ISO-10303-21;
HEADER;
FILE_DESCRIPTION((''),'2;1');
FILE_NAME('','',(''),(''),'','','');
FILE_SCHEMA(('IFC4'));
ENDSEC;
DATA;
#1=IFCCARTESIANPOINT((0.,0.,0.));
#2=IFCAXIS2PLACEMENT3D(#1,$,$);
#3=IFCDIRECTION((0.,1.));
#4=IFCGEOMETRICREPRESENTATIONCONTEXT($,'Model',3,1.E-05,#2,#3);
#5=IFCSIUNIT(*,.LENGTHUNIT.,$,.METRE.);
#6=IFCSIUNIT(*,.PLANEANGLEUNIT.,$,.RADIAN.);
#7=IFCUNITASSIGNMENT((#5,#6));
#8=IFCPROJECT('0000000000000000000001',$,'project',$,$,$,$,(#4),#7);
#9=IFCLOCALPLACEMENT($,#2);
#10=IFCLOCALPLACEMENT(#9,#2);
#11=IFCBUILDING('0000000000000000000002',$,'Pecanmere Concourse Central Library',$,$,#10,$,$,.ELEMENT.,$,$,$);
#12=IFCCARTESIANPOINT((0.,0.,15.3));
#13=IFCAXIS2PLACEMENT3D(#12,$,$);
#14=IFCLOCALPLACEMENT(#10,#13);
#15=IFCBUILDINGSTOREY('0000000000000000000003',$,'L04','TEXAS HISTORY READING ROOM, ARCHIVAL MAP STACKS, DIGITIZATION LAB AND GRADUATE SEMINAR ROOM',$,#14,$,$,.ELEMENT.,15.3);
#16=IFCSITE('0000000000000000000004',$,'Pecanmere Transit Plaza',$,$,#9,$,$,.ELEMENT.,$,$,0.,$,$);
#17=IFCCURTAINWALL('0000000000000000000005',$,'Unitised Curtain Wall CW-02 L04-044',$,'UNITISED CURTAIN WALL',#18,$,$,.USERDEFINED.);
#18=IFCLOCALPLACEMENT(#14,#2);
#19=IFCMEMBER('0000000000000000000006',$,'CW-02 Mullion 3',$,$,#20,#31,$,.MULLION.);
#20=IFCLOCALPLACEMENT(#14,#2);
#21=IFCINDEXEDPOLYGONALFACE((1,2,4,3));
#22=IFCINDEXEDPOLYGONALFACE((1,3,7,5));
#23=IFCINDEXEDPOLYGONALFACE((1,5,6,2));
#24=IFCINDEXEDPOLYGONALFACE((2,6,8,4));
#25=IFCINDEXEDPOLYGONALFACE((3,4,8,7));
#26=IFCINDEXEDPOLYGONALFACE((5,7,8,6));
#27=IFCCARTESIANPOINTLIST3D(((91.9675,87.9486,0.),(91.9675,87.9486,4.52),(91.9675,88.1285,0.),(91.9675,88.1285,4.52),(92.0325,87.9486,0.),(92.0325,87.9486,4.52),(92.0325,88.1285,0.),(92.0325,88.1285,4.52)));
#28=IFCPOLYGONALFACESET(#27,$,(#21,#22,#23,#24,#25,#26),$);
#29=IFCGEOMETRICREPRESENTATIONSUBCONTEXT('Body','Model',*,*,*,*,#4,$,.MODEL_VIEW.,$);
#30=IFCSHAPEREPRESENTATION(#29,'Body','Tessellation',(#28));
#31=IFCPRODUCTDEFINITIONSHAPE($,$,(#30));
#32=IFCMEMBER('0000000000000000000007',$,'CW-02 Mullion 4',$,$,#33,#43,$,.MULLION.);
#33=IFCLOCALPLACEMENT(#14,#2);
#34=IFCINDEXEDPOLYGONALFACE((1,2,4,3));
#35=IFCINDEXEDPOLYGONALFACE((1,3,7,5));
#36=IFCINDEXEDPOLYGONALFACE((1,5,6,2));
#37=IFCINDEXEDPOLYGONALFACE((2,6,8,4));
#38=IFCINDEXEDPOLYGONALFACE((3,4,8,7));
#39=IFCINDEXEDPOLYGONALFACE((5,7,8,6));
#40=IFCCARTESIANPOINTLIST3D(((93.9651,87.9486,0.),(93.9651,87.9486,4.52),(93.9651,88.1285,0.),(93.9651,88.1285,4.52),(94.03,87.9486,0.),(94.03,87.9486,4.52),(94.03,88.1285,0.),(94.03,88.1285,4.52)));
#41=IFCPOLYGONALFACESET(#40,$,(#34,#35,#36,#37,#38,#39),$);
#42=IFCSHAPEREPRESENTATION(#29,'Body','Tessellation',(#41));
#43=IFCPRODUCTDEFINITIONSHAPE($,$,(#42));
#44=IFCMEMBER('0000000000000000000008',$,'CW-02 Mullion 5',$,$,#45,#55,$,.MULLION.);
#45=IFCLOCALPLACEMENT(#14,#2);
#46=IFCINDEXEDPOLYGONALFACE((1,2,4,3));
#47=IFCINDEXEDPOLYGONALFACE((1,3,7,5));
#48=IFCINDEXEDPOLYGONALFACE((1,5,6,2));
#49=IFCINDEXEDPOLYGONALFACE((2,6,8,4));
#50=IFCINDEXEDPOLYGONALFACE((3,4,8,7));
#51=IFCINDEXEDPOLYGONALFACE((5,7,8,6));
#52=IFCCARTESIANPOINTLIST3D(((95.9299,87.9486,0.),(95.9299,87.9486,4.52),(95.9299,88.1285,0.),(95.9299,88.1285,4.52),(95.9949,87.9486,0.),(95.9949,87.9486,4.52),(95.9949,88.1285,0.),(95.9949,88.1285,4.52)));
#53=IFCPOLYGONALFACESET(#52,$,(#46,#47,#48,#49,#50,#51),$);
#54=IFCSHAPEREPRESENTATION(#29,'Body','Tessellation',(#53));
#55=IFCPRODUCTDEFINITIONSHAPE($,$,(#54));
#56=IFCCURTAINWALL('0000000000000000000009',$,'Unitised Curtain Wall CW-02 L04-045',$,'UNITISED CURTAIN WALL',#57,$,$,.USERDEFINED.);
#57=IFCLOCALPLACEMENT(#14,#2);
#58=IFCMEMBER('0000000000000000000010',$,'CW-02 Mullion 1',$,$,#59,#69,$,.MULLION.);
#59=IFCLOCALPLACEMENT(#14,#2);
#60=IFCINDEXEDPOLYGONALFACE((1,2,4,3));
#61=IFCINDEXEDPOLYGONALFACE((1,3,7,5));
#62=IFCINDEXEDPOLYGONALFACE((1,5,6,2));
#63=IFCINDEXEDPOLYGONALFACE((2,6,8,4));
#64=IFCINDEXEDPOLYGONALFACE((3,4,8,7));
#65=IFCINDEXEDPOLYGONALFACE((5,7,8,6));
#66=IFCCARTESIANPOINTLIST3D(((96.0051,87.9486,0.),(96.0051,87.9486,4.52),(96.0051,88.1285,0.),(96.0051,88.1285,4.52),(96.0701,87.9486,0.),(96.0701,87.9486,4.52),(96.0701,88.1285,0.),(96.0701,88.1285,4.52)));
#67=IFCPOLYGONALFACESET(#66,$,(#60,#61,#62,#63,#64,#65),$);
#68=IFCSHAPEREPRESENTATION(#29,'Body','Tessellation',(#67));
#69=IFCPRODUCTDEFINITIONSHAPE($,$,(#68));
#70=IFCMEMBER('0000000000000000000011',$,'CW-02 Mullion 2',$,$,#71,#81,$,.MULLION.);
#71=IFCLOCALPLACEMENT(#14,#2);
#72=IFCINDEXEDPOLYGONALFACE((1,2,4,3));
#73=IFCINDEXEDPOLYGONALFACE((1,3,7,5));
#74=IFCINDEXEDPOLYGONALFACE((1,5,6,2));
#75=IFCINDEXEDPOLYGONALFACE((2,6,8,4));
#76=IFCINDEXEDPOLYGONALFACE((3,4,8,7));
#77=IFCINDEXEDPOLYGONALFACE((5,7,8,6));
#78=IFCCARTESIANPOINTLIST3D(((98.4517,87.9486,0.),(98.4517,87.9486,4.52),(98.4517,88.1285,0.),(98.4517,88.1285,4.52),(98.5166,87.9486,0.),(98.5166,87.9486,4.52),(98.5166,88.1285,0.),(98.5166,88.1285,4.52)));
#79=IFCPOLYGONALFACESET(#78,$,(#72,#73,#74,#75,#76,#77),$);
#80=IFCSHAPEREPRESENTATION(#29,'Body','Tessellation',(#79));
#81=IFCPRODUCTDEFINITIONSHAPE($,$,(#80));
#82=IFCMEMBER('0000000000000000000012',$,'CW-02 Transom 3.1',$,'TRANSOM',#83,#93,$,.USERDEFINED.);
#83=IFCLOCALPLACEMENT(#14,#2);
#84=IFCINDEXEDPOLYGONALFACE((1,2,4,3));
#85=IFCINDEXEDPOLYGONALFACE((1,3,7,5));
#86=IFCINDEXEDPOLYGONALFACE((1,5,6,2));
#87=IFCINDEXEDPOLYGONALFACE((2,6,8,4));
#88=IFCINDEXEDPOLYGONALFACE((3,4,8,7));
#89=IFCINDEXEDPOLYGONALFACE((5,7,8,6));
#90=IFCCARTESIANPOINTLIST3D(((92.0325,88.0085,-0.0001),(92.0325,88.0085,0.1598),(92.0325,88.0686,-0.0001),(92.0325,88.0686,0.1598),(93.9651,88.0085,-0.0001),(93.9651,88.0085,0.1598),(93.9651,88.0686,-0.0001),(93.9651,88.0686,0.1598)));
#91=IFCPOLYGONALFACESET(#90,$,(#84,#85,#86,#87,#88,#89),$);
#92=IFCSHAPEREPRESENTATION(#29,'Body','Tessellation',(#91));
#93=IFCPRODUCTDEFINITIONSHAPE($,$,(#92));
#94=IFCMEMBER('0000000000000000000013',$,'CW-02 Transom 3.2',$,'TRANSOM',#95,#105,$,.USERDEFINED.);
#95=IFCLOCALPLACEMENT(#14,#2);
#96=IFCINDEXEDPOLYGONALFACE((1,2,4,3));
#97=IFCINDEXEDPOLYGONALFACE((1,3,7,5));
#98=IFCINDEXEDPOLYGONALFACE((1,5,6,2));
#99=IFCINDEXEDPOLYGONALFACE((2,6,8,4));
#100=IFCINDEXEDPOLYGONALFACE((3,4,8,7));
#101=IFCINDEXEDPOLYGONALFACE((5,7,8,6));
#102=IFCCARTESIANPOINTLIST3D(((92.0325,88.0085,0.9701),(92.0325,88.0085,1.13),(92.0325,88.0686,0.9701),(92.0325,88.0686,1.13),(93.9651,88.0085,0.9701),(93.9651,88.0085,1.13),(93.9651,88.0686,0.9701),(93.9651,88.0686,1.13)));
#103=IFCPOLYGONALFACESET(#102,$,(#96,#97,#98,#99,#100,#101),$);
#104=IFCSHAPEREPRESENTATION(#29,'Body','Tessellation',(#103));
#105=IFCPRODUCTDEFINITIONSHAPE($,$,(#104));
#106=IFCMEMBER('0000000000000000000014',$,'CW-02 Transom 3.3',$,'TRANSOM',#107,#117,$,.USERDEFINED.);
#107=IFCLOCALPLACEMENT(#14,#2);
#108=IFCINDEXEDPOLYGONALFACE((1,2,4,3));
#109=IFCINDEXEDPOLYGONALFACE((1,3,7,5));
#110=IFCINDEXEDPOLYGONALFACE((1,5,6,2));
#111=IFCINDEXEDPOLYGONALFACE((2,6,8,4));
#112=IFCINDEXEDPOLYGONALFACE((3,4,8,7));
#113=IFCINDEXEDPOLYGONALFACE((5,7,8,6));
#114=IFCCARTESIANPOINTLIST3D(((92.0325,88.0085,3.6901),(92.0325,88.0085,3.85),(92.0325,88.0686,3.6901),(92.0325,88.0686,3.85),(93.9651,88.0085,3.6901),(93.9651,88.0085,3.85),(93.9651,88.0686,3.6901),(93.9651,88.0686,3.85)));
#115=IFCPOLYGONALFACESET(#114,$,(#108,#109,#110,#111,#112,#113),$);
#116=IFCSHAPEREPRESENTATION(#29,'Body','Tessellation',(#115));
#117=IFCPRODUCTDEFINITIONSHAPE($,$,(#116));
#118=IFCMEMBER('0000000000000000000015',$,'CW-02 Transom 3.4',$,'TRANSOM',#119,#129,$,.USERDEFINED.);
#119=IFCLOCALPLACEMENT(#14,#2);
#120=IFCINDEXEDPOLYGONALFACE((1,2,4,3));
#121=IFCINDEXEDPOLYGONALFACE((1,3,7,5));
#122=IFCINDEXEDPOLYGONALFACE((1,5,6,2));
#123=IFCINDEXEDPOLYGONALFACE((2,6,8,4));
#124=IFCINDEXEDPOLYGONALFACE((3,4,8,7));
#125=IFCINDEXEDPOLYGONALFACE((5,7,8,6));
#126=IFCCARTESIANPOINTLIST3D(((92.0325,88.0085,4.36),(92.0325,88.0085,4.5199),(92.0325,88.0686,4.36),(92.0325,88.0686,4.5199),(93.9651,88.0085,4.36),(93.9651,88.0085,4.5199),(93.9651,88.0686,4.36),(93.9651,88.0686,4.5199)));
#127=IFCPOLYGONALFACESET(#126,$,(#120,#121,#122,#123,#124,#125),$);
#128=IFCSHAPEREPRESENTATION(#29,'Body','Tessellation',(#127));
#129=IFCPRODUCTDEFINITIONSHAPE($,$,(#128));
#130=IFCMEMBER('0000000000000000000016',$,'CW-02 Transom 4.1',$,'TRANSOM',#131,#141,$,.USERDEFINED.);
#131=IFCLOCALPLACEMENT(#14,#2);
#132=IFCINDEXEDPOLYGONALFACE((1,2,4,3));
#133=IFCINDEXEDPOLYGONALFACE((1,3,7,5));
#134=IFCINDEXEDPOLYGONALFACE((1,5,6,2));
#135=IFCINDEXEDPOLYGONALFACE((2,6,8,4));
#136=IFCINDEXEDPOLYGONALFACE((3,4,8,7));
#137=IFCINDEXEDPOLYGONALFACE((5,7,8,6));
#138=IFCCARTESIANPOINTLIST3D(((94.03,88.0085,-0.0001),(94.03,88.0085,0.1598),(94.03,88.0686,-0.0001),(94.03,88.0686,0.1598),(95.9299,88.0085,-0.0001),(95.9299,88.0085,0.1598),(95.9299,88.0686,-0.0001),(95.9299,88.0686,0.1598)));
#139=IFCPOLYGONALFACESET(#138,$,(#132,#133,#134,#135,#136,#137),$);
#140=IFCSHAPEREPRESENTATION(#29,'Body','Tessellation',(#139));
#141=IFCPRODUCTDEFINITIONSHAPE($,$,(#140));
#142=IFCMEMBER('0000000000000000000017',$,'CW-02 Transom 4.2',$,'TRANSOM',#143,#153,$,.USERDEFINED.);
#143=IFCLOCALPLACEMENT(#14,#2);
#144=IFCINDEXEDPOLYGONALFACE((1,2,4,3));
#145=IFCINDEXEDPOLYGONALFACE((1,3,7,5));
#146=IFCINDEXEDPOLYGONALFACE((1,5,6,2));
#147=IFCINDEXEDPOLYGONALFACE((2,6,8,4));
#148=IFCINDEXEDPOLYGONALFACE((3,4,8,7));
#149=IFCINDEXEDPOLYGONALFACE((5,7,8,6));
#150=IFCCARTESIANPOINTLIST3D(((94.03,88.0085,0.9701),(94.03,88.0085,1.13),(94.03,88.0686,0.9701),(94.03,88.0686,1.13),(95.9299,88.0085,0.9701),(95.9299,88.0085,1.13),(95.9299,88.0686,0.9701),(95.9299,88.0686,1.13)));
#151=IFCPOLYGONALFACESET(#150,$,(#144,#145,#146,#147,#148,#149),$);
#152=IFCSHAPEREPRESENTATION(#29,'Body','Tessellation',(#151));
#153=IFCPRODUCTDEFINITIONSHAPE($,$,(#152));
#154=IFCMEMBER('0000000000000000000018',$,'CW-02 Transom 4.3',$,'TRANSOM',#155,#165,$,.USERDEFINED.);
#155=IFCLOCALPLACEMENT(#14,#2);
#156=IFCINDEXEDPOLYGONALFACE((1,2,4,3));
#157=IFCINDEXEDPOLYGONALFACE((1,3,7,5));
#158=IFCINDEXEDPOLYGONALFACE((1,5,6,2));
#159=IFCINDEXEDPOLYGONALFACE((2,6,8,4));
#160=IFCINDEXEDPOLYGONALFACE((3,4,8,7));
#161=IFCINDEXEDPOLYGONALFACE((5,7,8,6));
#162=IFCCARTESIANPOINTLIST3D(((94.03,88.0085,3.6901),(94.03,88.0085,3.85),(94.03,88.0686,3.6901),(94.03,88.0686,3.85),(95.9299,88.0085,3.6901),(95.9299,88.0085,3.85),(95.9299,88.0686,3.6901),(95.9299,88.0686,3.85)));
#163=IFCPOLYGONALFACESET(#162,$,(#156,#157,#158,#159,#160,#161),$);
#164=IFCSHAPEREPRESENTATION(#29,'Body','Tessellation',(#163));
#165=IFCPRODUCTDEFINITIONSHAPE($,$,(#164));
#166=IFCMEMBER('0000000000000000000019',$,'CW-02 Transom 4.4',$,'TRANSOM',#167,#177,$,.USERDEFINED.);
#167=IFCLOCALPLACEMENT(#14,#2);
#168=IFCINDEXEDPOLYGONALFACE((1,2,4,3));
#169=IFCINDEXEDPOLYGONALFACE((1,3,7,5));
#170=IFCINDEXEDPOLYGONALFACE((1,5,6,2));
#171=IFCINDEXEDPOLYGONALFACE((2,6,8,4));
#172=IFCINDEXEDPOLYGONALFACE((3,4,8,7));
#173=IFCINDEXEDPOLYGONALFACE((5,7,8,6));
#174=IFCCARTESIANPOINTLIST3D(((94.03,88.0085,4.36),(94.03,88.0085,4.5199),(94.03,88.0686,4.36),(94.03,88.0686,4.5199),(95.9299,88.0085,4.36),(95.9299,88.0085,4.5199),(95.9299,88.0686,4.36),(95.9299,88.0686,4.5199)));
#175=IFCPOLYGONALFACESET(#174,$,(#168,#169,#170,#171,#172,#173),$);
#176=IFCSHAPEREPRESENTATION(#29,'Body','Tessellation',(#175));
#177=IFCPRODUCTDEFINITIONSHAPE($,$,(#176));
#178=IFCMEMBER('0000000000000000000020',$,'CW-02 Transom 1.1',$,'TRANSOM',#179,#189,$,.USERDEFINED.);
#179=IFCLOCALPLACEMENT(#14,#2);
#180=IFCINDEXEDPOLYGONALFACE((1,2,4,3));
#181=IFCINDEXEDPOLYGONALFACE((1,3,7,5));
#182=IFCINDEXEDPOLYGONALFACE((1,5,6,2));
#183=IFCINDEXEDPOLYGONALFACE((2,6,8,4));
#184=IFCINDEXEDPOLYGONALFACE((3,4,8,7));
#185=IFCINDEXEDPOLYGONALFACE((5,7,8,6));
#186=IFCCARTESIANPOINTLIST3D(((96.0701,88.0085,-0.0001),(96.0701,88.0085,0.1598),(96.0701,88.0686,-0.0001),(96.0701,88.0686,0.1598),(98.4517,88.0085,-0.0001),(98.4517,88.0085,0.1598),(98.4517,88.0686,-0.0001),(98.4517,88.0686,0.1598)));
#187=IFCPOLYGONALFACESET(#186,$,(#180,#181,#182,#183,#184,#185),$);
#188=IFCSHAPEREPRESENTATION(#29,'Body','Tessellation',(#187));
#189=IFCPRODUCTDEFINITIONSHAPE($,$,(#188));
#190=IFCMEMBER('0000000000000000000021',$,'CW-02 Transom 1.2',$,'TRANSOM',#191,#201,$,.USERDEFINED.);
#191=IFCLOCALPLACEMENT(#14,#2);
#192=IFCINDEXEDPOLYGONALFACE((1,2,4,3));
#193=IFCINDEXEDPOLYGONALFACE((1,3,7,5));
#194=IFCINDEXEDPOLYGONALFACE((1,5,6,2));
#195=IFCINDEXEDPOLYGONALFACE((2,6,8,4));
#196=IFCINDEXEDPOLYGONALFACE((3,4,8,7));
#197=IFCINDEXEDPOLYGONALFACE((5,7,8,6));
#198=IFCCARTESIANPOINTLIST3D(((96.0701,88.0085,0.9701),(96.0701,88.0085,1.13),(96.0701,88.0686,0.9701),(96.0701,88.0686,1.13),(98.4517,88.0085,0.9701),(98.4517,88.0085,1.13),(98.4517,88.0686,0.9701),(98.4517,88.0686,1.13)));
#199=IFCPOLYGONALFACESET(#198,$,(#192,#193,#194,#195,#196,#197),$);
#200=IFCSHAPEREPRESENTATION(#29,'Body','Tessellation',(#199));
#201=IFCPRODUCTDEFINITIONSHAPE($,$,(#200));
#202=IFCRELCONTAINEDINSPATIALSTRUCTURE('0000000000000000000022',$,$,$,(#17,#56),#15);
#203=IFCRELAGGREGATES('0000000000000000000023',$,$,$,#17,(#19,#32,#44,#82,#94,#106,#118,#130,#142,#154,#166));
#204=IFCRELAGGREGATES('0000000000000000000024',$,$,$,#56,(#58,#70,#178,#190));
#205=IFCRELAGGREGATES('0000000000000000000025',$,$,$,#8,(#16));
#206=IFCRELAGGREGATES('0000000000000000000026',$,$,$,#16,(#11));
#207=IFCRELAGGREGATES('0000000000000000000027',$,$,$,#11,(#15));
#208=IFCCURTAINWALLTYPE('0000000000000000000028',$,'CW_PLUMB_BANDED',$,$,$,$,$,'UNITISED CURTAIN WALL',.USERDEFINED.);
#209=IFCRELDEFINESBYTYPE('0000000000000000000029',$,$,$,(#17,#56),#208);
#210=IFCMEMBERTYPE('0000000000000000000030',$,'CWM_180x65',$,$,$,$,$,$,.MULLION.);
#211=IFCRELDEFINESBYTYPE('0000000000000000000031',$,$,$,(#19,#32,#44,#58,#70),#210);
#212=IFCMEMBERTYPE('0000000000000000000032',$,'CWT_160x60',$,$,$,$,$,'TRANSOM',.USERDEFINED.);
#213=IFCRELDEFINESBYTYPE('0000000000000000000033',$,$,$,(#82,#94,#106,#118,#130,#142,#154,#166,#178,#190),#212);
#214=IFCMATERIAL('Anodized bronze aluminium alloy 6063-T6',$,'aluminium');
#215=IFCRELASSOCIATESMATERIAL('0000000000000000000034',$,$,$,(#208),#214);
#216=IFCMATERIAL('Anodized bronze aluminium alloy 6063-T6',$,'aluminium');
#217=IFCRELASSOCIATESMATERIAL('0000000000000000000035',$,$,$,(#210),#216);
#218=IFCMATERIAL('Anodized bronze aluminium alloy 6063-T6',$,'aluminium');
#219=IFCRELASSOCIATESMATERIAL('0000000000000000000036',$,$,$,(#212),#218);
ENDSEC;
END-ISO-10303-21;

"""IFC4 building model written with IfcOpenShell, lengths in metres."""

from ifc_helpers import new_model, si_unit, direction, frame, origin, origin_2d, place, context, subcontext, project, spatial, rectangle, extrude, material, material_profile, profile_set, type_object, element, aggregate, save


model = new_model("IFC4")

# Units and contexts
model_context = context("Model", 3, precision=1e-05, world=origin(), true_north=direction((0.0, 1.0)))
body_context = subcontext(model_context, "Body", "Model", "MODEL_VIEW")
ifc_project = project(units=[si_unit("LENGTHUNIT", "METRE"), si_unit("PLANEANGLEUNIT", "RADIAN")], contexts=[model_context])

# Site, building, storey
site_placement = place(None, origin())
site = spatial("IfcSite", under=ifc_project, at=site_placement, Name="Pecanmere Transit Plaza", CompositionType="ELEMENT", RefElevation=0.0)
building_placement = place(site_placement, origin())
building = spatial("IfcBuilding", under=site, at=building_placement, Name="Pecanmere Concourse Central Library", CompositionType="ELEMENT")
storey_placement = place(building_placement, frame((0.0, 0.0, 15.3)))
storey = spatial("IfcBuildingStorey", under=building, at=storey_placement, Name="L04", Description="TEXAS HISTORY READING ROOM, ARCHIVAL MAP STACKS, DIGITIZATION LAB AND GRADUATE SEMINAR ROOM", CompositionType="ELEMENT", Elevation=15.3)

# Curtain walls, members
ifc_material_1 = material(Name="Anodized bronze aluminium alloy 6063-T6", Category="aluminium")
curtain_wall_type = type_object("IfcCurtainWallType", Name="CW_PLUMB_BANDED", ElementType="UNITISED CURTAIN WALL", PredefinedType="USERDEFINED", material=ifc_material_1)
curtain_wall_1_placement = place(storey_placement, origin())
curtain_wall_1 = element("IfcCurtainWall", 1, at=curtain_wall_1_placement, inside=storey, type_object=curtain_wall_type, Name="Unitised Curtain Wall CW-02 L04-044", ObjectType="UNITISED CURTAIN WALL", PredefinedType="USERDEFINED")
ifc_material_2 = material(Name="Anodized bronze aluminium alloy 6063-T6", Category="aluminium")
ifc_material_profile_1 = material_profile(ifc_material_2, rectangle(XDim=0.0649, YDim=0.1799, at=origin_2d()), Name="AL 65x180")
ifc_profile_set_1 = profile_set([ifc_material_profile_1], Name="Anodized bronze aluminium alloy 6063-T6")
member_type_1 = type_object("IfcMemberType", Name="CWM_180x65", PredefinedType="MULLION", material=ifc_profile_set_1)
member_1_placement = place(storey_placement, frame((92.0, 88.0386, 0.0), z_axis=(0.0, 0.0, 1.0), x_axis=(1.0, 0.0, 0.0)))
member_1 = element("IfcMember", 2, at=member_1_placement, type_object=member_type_1, Name="CW-02 Mullion 3", PredefinedType="MULLION", context=body_context, shape_type="SweptSolid", body=[
    extrude(rectangle(XDim=0.0649, YDim=0.1799, at=origin_2d()), origin(), (0.0, 0.0, 1.0), 4.52),
])
member_2_placement = place(storey_placement, frame((93.9976, 88.0386, 0.0), z_axis=(0.0, 0.0, 1.0), x_axis=(1.0, 0.0, 0.0)))
member_2 = element("IfcMember", 3, at=member_2_placement, type_object=member_type_1, Name="CW-02 Mullion 4", PredefinedType="MULLION", context=body_context, shape_type="SweptSolid", body=[
    extrude(rectangle(XDim=0.0649, YDim=0.1799, at=origin_2d()), origin(), (0.0, 0.0, 1.0), 4.52),
])
member_3_placement = place(storey_placement, frame((95.9624, 88.0386, 0.0), z_axis=(0.0, 0.0, 1.0), x_axis=(1.0, 0.0, 0.0)))
member_3 = element("IfcMember", 4, at=member_3_placement, type_object=member_type_1, Name="CW-02 Mullion 5", PredefinedType="MULLION", context=body_context, shape_type="SweptSolid", body=[
    extrude(rectangle(XDim=0.0649, YDim=0.1799, at=origin_2d()), origin(), (0.0, 0.0, 1.0), 4.52),
])
curtain_wall_2_placement = place(storey_placement, origin())
curtain_wall_2 = element("IfcCurtainWall", 5, at=curtain_wall_2_placement, inside=storey, type_object=curtain_wall_type, Name="Unitised Curtain Wall CW-02 L04-045", ObjectType="UNITISED CURTAIN WALL", PredefinedType="USERDEFINED")
member_4_placement = place(storey_placement, frame((96.0376, 88.0386, 0.0), z_axis=(0.0, 0.0, 1.0), x_axis=(1.0, 0.0, 0.0)))
member_4 = element("IfcMember", 6, at=member_4_placement, type_object=member_type_1, Name="CW-02 Mullion 1", PredefinedType="MULLION", context=body_context, shape_type="SweptSolid", body=[
    extrude(rectangle(XDim=0.0649, YDim=0.1799, at=origin_2d()), origin(), (0.0, 0.0, 1.0), 4.52),
])
member_5_placement = place(storey_placement, frame((98.4841, 88.0386, 0.0), z_axis=(0.0, 0.0, 1.0), x_axis=(1.0, 0.0, 0.0)))
member_5 = element("IfcMember", 7, at=member_5_placement, type_object=member_type_1, Name="CW-02 Mullion 2", PredefinedType="MULLION", context=body_context, shape_type="SweptSolid", body=[
    extrude(rectangle(XDim=0.0649, YDim=0.1799, at=origin_2d()), origin(), (0.0, 0.0, 1.0), 4.52),
])

# Members
ifc_material_3 = material(Name="Anodized bronze aluminium alloy 6063-T6", Category="aluminium")
ifc_material_profile_2 = material_profile(ifc_material_3, rectangle(XDim=0.0601, YDim=0.1599, at=origin_2d()), Name="AL 60x160")
ifc_profile_set_2 = profile_set([ifc_material_profile_2], Name="Anodized bronze aluminium alloy 6063-T6")
member_type_2 = type_object("IfcMemberType", Name="CWT_160x60", ElementType="TRANSOM", PredefinedType="USERDEFINED", material=ifc_profile_set_2)
member_6_placement = place(storey_placement, frame((92.0325, 88.0386, 0.0798), z_axis=(1.0, 0.0, 0.0), x_axis=(0.0, 1.0, 0.0)))
member_6 = element("IfcMember", 8, at=member_6_placement, type_object=member_type_2, Name="CW-02 Transom 3.1", ObjectType="TRANSOM", PredefinedType="USERDEFINED", context=body_context, shape_type="SweptSolid", body=[
    extrude(rectangle(XDim=0.0601, YDim=0.1599, at=origin_2d()), origin(), (0.0, 0.0, 1.0), 1.9326),
])
member_7_placement = place(storey_placement, frame((92.0325, 88.0386, 1.05), z_axis=(1.0, 0.0, 0.0), x_axis=(0.0, 1.0, 0.0)))
member_7 = element("IfcMember", 9, at=member_7_placement, type_object=member_type_2, Name="CW-02 Transom 3.2", ObjectType="TRANSOM", PredefinedType="USERDEFINED", context=body_context, shape_type="SweptSolid", body=[
    extrude(rectangle(XDim=0.0601, YDim=0.1599, at=origin_2d()), origin(), (0.0, 0.0, 1.0), 1.9326),
])
member_8_placement = place(storey_placement, frame((92.0325, 88.0386, 3.77), z_axis=(1.0, 0.0, 0.0), x_axis=(0.0, 1.0, 0.0)))
member_8 = element("IfcMember", 10, at=member_8_placement, type_object=member_type_2, Name="CW-02 Transom 3.3", ObjectType="TRANSOM", PredefinedType="USERDEFINED", context=body_context, shape_type="SweptSolid", body=[
    extrude(rectangle(XDim=0.0601, YDim=0.1599, at=origin_2d()), origin(), (0.0, 0.0, 1.0), 1.9326),
])
member_9_placement = place(storey_placement, frame((92.0325, 88.0386, 4.4399), z_axis=(1.0, 0.0, 0.0), x_axis=(0.0, 1.0, 0.0)))
member_9 = element("IfcMember", 11, at=member_9_placement, type_object=member_type_2, Name="CW-02 Transom 3.4", ObjectType="TRANSOM", PredefinedType="USERDEFINED", context=body_context, shape_type="SweptSolid", body=[
    extrude(rectangle(XDim=0.0601, YDim=0.1599, at=origin_2d()), origin(), (0.0, 0.0, 1.0), 1.9326),
])
member_10_placement = place(storey_placement, frame((94.03, 88.0386, 0.0798), z_axis=(1.0, 0.0, 0.0), x_axis=(0.0, 1.0, 0.0)))
member_10 = element("IfcMember", 12, at=member_10_placement, type_object=member_type_2, Name="CW-02 Transom 4.1", ObjectType="TRANSOM", PredefinedType="USERDEFINED", context=body_context, shape_type="SweptSolid", body=[
    extrude(rectangle(XDim=0.0601, YDim=0.1599, at=origin_2d()), origin(), (0.0, 0.0, 1.0), 1.8999),
])
member_11_placement = place(storey_placement, frame((94.03, 88.0386, 1.05), z_axis=(1.0, 0.0, 0.0), x_axis=(0.0, 1.0, 0.0)))
member_11 = element("IfcMember", 13, at=member_11_placement, type_object=member_type_2, Name="CW-02 Transom 4.2", ObjectType="TRANSOM", PredefinedType="USERDEFINED", context=body_context, shape_type="SweptSolid", body=[
    extrude(rectangle(XDim=0.0601, YDim=0.1599, at=origin_2d()), origin(), (0.0, 0.0, 1.0), 1.8999),
])
member_12_placement = place(storey_placement, frame((94.03, 88.0386, 3.77), z_axis=(1.0, 0.0, 0.0), x_axis=(0.0, 1.0, 0.0)))
member_12 = element("IfcMember", 14, at=member_12_placement, type_object=member_type_2, Name="CW-02 Transom 4.3", ObjectType="TRANSOM", PredefinedType="USERDEFINED", context=body_context, shape_type="SweptSolid", body=[
    extrude(rectangle(XDim=0.0601, YDim=0.1599, at=origin_2d()), origin(), (0.0, 0.0, 1.0), 1.8999),
])
member_13_placement = place(storey_placement, frame((94.03, 88.0386, 4.4399), z_axis=(1.0, 0.0, 0.0), x_axis=(0.0, 1.0, 0.0)))
member_13 = element("IfcMember", 15, at=member_13_placement, type_object=member_type_2, Name="CW-02 Transom 4.4", ObjectType="TRANSOM", PredefinedType="USERDEFINED", context=body_context, shape_type="SweptSolid", body=[
    extrude(rectangle(XDim=0.0601, YDim=0.1599, at=origin_2d()), origin(), (0.0, 0.0, 1.0), 1.8999),
])
member_14_placement = place(storey_placement, frame((96.0701, 88.0386, 0.0798), z_axis=(1.0, 0.0, 0.0), x_axis=(0.0, 1.0, 0.0)))
member_14 = element("IfcMember", 16, at=member_14_placement, type_object=member_type_2, Name="CW-02 Transom 1.1", ObjectType="TRANSOM", PredefinedType="USERDEFINED", context=body_context, shape_type="SweptSolid", body=[
    extrude(rectangle(XDim=0.0601, YDim=0.1599, at=origin_2d()), origin(), (0.0, 0.0, 1.0), 2.3816),
])
member_15_placement = place(storey_placement, frame((96.0701, 88.0386, 1.05), z_axis=(1.0, 0.0, 0.0), x_axis=(0.0, 1.0, 0.0)))
member_15 = element("IfcMember", 17, at=member_15_placement, type_object=member_type_2, Name="CW-02 Transom 1.2", ObjectType="TRANSOM", PredefinedType="USERDEFINED", context=body_context, shape_type="SweptSolid", body=[
    extrude(rectangle(XDim=0.0601, YDim=0.1599, at=origin_2d()), origin(), (0.0, 0.0, 1.0), 2.3816),
])

aggregate(curtain_wall_1, [member_1, member_2, member_3, member_6, member_7, member_8, member_9, member_10, member_11, member_12, member_13])
aggregate(curtain_wall_2, [member_4, member_5, member_14, member_15])

save(model, "model.ifc")
